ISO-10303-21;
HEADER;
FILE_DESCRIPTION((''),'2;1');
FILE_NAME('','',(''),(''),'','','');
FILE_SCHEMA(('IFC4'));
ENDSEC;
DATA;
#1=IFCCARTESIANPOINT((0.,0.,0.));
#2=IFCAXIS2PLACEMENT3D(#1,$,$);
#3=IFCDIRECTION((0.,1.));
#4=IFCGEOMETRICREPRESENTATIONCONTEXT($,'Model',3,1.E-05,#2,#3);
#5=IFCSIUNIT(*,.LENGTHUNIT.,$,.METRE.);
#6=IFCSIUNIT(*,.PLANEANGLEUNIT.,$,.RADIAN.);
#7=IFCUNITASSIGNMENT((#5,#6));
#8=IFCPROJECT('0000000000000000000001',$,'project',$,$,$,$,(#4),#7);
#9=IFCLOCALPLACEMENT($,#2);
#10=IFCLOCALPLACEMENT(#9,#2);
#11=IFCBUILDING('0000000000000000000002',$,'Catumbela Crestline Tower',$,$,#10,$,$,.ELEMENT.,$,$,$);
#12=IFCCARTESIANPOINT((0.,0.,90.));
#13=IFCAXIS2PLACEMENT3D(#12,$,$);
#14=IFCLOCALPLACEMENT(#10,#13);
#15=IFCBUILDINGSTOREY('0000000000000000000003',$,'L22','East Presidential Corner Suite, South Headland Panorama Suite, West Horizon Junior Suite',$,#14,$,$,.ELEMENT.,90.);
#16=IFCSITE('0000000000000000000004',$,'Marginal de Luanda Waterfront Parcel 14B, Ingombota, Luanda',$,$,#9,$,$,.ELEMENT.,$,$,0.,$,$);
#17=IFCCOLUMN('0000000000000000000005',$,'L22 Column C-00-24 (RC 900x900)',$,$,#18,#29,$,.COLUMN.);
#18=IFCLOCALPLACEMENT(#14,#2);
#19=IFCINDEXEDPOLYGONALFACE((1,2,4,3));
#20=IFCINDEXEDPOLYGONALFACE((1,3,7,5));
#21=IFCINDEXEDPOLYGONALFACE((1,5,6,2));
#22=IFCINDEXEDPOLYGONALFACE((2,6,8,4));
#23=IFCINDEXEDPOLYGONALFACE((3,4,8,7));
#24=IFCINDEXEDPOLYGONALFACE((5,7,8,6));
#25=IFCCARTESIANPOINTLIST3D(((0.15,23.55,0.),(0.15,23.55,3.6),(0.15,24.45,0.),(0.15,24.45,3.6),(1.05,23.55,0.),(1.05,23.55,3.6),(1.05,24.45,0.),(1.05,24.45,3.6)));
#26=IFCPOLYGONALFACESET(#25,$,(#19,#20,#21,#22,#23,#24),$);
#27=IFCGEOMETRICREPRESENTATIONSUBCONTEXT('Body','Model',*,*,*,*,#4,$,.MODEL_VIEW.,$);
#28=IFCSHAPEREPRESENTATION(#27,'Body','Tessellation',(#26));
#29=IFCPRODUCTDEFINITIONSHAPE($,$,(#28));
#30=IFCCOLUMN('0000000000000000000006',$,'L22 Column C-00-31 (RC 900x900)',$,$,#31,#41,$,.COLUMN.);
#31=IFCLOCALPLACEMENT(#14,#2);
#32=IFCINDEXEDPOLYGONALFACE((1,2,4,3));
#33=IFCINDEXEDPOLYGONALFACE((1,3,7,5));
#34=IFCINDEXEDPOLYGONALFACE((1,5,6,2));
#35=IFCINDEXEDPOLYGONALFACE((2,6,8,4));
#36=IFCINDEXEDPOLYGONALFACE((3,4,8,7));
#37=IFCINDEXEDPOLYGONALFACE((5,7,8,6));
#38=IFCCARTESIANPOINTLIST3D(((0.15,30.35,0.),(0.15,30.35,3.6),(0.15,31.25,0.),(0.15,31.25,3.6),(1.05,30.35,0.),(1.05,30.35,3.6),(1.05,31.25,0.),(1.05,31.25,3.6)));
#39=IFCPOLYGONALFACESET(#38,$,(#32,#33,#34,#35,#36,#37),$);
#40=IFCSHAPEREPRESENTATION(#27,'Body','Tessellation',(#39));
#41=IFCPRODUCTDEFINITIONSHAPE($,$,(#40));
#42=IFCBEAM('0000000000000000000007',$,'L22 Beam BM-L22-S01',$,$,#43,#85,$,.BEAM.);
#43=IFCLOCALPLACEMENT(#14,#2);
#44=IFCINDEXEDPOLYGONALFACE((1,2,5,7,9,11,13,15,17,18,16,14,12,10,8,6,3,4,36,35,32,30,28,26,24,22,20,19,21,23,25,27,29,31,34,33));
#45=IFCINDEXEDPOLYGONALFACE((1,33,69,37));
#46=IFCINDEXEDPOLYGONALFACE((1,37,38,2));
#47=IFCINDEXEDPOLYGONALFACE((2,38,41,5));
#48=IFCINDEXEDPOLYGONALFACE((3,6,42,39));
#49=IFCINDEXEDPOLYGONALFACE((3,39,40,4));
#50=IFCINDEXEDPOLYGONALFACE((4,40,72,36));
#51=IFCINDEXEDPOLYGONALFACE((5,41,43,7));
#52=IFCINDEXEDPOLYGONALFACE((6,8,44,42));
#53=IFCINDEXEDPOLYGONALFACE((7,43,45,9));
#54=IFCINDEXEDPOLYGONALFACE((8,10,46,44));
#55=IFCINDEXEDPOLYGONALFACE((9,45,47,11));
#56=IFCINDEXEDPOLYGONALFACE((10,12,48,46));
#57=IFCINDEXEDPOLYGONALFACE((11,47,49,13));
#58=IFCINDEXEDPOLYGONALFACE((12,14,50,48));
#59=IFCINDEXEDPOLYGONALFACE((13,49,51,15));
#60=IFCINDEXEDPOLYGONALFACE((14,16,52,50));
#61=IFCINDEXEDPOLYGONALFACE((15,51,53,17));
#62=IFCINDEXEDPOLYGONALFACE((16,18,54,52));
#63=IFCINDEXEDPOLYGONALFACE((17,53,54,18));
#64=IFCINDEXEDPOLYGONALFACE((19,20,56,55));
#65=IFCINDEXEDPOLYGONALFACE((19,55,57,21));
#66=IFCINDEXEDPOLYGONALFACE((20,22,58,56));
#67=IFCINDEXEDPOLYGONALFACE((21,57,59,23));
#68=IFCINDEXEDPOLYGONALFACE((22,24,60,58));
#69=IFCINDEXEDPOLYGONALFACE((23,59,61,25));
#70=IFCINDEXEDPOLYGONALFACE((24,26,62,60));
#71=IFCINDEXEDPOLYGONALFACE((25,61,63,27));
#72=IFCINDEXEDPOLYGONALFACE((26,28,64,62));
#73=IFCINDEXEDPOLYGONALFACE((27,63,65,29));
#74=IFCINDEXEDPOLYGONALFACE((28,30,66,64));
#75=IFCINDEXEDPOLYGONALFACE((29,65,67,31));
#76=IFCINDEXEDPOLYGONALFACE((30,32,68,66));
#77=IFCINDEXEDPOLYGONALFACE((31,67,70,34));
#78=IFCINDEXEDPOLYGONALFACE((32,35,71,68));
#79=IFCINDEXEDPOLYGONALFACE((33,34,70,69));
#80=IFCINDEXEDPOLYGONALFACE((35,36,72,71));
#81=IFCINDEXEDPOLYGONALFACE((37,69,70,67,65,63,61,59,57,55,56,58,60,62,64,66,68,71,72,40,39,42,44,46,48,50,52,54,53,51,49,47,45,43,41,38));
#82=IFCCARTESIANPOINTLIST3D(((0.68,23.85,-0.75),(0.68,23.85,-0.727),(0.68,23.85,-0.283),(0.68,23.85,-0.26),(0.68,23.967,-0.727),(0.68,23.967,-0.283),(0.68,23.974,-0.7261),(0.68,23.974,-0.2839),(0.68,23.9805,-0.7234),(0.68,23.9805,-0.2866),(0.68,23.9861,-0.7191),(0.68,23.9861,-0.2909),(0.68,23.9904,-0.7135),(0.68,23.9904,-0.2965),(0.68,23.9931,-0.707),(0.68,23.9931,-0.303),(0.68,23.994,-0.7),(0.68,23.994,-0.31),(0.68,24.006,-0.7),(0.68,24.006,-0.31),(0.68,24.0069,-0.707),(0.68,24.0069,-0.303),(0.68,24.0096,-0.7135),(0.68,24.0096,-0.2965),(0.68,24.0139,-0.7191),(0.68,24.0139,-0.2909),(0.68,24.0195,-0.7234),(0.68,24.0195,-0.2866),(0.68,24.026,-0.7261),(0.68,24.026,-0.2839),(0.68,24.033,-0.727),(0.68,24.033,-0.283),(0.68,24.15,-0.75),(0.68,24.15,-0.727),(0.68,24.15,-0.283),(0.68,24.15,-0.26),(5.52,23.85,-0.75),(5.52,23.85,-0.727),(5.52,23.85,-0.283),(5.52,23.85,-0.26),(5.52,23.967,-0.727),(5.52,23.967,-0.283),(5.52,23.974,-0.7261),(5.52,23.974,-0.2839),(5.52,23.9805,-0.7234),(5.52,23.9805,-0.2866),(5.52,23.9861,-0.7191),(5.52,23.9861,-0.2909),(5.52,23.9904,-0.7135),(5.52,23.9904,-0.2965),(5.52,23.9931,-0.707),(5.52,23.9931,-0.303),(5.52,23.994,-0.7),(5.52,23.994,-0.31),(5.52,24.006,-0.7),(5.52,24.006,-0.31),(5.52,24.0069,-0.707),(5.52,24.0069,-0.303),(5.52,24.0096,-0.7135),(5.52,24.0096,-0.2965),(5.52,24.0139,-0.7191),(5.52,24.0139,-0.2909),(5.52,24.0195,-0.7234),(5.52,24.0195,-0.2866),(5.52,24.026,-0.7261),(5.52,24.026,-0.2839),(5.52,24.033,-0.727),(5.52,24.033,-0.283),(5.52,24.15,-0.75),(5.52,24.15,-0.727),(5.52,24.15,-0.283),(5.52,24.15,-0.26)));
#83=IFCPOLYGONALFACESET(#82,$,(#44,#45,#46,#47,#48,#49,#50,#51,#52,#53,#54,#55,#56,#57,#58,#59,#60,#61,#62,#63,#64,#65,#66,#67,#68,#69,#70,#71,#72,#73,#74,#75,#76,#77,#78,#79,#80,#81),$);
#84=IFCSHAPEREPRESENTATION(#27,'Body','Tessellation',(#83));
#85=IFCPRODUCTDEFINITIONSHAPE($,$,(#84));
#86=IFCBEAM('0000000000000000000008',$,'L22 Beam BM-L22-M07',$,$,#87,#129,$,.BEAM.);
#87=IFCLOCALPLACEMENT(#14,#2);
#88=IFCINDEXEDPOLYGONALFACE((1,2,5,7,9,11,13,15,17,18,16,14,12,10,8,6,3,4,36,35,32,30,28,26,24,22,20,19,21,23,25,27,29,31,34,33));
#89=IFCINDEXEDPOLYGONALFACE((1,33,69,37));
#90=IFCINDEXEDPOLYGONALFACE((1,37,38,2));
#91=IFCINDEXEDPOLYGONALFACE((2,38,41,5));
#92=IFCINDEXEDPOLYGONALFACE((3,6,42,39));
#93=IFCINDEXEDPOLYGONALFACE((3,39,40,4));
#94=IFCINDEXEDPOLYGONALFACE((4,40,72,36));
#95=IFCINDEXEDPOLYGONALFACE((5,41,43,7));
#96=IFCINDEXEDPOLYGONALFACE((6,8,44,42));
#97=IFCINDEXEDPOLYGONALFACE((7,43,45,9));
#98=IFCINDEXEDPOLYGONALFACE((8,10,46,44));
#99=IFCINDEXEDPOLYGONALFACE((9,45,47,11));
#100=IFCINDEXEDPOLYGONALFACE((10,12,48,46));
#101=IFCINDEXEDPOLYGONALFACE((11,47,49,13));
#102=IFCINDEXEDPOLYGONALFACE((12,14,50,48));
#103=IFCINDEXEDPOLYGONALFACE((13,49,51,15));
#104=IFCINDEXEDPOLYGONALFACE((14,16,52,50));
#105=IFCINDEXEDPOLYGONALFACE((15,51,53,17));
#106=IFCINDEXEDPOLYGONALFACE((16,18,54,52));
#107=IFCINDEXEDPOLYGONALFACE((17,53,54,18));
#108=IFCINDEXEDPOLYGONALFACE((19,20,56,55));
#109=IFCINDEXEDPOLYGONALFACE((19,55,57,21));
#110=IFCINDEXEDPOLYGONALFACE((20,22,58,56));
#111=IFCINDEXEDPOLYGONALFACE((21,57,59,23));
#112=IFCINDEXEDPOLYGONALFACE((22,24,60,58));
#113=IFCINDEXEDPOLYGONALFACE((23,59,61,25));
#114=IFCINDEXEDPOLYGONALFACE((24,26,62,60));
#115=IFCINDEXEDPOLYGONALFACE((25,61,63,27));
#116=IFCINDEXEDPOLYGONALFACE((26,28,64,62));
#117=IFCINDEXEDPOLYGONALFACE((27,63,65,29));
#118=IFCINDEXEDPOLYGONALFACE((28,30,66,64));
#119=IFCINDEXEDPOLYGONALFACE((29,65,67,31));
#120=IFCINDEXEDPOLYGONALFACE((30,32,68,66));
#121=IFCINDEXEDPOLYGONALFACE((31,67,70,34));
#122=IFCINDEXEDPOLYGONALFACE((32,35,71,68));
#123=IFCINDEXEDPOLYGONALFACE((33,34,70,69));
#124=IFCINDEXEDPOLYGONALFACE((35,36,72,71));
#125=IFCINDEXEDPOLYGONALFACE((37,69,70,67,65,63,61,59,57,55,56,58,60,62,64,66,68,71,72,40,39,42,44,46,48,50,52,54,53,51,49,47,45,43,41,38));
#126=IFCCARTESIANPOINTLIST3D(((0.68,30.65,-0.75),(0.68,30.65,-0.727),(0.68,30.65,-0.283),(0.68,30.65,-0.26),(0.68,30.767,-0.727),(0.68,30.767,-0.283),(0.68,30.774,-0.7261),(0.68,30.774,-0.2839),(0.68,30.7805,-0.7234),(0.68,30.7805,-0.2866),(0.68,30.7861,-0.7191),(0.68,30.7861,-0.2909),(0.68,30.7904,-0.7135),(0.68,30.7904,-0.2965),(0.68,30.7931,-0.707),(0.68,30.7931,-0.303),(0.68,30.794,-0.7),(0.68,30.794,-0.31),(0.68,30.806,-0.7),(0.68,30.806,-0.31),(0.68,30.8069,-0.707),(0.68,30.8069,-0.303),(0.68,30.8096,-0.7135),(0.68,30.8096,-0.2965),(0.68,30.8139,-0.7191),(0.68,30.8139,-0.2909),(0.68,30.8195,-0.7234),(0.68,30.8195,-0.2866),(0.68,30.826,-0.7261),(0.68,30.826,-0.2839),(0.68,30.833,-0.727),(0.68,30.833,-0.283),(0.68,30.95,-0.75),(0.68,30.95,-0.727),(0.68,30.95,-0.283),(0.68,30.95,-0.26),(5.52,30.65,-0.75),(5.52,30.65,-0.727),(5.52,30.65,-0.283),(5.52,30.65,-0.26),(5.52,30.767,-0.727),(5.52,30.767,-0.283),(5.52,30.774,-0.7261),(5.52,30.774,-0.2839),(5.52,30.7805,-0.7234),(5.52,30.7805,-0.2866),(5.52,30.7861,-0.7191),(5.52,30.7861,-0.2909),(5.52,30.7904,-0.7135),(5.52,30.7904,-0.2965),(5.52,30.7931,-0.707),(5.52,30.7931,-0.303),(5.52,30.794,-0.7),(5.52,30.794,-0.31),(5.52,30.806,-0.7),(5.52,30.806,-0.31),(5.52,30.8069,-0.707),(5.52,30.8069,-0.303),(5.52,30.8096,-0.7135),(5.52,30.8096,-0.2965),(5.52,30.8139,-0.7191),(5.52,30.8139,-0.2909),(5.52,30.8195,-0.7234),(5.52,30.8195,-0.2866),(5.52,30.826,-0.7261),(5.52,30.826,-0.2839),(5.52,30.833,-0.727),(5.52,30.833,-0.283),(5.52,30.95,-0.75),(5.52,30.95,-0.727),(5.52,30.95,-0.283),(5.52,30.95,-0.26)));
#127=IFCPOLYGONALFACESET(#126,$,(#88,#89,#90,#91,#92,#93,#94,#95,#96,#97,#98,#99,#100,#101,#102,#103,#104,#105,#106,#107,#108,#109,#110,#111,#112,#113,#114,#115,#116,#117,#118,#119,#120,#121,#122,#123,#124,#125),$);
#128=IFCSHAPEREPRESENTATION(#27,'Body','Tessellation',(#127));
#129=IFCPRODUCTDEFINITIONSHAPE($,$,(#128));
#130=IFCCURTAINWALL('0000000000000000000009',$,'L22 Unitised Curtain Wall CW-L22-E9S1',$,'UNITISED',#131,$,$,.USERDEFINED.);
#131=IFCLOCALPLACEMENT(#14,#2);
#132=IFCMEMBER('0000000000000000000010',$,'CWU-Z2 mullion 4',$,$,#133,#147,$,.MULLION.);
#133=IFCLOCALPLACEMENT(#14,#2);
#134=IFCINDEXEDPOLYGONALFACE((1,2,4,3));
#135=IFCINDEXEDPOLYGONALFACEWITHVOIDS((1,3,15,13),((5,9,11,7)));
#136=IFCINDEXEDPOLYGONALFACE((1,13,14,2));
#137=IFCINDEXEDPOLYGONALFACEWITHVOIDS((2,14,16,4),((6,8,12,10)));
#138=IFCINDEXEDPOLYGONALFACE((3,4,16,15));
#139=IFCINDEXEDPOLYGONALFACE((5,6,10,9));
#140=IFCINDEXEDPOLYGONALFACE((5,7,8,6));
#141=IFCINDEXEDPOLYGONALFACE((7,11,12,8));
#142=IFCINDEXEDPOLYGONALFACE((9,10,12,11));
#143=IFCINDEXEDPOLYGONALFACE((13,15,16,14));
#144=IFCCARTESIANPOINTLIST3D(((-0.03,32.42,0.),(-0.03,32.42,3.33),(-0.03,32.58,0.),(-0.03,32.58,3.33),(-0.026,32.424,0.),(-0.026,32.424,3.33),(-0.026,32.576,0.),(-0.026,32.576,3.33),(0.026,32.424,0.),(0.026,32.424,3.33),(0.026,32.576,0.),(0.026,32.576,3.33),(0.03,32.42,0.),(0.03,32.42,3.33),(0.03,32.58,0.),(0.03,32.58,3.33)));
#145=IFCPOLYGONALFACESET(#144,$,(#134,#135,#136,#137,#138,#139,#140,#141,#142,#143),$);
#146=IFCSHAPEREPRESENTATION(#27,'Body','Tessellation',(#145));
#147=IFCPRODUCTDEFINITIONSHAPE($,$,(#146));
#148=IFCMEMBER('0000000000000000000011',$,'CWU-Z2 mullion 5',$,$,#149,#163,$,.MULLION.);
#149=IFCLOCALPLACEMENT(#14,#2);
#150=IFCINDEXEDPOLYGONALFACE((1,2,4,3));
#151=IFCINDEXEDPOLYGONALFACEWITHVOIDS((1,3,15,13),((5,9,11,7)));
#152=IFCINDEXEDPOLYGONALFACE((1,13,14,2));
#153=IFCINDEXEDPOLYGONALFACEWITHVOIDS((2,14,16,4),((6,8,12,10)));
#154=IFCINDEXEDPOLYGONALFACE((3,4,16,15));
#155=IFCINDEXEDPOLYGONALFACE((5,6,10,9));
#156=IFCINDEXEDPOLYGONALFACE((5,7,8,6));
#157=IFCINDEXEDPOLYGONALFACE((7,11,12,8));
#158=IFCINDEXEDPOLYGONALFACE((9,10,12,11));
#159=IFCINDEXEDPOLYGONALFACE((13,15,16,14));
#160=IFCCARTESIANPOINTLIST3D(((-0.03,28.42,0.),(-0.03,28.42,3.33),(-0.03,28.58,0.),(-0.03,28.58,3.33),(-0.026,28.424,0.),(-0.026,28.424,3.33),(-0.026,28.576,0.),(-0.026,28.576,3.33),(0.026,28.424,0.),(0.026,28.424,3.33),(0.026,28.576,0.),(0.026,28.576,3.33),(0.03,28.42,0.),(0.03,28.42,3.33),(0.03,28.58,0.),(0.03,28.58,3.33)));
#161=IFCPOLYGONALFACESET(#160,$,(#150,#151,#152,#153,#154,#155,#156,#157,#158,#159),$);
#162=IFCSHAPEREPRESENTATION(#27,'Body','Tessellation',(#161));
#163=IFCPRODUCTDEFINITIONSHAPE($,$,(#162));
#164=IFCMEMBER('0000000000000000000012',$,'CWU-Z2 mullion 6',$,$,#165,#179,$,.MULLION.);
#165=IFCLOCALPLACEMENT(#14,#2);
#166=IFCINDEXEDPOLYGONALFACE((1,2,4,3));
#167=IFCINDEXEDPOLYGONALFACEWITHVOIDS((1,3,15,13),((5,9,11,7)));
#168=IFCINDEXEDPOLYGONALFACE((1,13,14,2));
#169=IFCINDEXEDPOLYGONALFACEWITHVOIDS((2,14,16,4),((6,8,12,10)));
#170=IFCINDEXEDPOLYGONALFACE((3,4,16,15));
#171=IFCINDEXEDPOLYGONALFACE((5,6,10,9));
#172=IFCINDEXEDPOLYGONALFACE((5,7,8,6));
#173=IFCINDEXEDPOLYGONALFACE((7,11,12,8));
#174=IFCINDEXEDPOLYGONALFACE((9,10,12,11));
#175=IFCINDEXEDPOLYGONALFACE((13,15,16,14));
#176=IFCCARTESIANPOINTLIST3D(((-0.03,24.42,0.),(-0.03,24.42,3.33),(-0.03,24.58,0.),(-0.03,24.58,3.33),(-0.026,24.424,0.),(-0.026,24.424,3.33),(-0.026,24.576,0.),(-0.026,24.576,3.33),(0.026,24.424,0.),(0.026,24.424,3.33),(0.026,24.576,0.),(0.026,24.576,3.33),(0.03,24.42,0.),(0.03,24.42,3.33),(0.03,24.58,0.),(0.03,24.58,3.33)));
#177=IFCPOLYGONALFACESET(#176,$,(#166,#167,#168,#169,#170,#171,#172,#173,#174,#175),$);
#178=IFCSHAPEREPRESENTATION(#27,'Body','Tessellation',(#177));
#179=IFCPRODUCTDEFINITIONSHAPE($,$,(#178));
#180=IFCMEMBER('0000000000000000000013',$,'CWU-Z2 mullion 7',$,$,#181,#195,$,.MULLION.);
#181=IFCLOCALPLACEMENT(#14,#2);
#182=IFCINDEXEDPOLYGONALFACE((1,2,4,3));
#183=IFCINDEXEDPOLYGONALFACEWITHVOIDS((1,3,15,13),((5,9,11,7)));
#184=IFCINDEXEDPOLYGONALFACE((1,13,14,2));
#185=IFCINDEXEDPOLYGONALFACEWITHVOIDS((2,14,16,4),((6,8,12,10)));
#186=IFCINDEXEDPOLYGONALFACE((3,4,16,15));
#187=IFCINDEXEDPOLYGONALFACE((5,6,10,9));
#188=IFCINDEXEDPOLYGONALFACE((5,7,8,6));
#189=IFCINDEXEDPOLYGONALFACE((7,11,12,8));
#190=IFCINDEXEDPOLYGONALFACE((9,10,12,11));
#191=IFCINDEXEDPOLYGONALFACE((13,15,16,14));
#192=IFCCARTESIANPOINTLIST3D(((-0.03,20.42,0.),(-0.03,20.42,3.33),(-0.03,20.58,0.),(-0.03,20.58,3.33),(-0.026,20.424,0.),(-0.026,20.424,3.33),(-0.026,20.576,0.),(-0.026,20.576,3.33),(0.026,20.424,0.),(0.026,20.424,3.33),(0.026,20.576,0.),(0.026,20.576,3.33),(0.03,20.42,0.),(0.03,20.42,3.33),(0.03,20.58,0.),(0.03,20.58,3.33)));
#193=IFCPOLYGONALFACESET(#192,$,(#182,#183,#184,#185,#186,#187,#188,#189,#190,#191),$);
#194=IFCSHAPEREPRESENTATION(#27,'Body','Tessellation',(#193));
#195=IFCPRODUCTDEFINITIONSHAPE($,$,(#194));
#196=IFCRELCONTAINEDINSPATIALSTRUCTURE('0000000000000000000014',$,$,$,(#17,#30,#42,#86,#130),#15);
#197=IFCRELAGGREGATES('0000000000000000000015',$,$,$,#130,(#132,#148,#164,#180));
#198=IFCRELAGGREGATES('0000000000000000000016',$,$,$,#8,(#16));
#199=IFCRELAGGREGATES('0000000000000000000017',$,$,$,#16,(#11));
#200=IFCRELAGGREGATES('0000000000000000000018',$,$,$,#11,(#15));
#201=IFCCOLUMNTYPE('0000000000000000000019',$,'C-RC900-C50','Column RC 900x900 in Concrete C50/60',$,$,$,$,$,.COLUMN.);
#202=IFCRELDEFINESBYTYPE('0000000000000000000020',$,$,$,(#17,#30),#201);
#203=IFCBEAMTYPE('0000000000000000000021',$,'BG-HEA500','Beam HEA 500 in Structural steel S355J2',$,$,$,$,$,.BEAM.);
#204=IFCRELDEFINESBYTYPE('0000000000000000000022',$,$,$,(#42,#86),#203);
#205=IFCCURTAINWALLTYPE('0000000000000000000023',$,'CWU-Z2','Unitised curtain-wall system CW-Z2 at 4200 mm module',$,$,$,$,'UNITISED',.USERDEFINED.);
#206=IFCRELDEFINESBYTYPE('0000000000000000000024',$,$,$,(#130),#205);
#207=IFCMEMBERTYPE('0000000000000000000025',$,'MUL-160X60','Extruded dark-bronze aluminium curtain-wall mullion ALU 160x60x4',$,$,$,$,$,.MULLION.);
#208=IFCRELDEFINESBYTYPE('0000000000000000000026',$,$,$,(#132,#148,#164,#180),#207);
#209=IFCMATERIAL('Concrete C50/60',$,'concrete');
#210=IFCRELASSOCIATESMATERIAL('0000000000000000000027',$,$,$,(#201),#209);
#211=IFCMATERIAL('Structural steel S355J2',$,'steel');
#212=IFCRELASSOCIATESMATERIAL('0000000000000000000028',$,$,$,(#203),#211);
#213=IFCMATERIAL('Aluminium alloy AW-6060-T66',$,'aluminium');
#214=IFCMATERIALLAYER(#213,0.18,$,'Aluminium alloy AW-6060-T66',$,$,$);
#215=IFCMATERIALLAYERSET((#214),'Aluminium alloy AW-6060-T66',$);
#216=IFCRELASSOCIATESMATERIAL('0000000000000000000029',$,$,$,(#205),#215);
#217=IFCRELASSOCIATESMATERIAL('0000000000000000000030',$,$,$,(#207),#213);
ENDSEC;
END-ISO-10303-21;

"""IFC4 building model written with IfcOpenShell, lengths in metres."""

from ifc_helpers import new_model, si_unit, direction, frame, origin, origin_2d, place, context, subcontext, project, spatial, rectangle, hollow_rectangle, i_section, extrude, material, layer, layer_set, material_profile, profile_set, type_object, element, aggregate, save


model = new_model("IFC4")

# Units and contexts
model_context = context("Model", 3, precision=1e-05, world=origin(), true_north=direction((0.0, 1.0)))
body_context = subcontext(model_context, "Body", "Model", "MODEL_VIEW")
ifc_project = project(units=[si_unit("LENGTHUNIT", "METRE"), si_unit("PLANEANGLEUNIT", "RADIAN")], contexts=[model_context])

# Site, building, storey
site_placement = place(None, origin())
site = spatial("IfcSite", under=ifc_project, at=site_placement, Name="Marginal de Luanda Waterfront Parcel 14B, Ingombota, Luanda", CompositionType="ELEMENT", RefElevation=0.0)
building_placement = place(site_placement, origin())
building = spatial("IfcBuilding", under=site, at=building_placement, Name="Catumbela Crestline Tower", CompositionType="ELEMENT")
storey_placement = place(building_placement, frame((0.0, 0.0, 90.0)))
storey = spatial("IfcBuildingStorey", under=building, at=storey_placement, Name="L22", Description="East Presidential Corner Suite, South Headland Panorama Suite, West Horizon Junior Suite", CompositionType="ELEMENT", Elevation=90.0)

# Columns
ifc_material_1 = material(Name="Concrete C50/60", Category="concrete")
ifc_material_profile_1 = material_profile(ifc_material_1, rectangle(XDim=0.9, YDim=0.9, at=origin_2d()), Name="RC 900x900")
ifc_profile_set_1 = profile_set([ifc_material_profile_1], Name="Concrete C50/60")
column_type = type_object("IfcColumnType", Name="C-RC900-C50", Description="Column RC 900x900 in Concrete C50/60", PredefinedType="COLUMN", material=ifc_profile_set_1)
for number, where, z_axis, x_axis, name in (
    (1, (0.6, 24.0, 0.0), (0.0, 0.0, 1.0), (1.0, 0.0, 0.0), "L22 Column C-00-24 (RC 900x900)"),
    (2, (0.6, 30.8, 0.0), (0.0, 0.0, 1.0), (1.0, 0.0, 0.0), "L22 Column C-00-31 (RC 900x900)"),
):
    element("IfcColumn", number, at=place(storey_placement, frame(where, z_axis=z_axis, x_axis=x_axis)), inside=storey, type_object=column_type, Name=name, PredefinedType="COLUMN", context=body_context, shape_type="SweptSolid", body=[
        extrude(rectangle(XDim=0.9, YDim=0.9, at=origin_2d()), origin(), (0.0, 0.0, 1.0), 3.6),
    ])

# Beams
ifc_material_2 = material(Name="Structural steel S355J2", Category="steel")
ifc_material_profile_2 = material_profile(ifc_material_2, i_section(OverallWidth=0.3, OverallDepth=0.49, WebThickness=0.012, FlangeThickness=0.023, FilletRadius=0.027, at=origin_2d()), Name="HEA 500")
ifc_profile_set_2 = profile_set([ifc_material_profile_2], Name="Structural steel S355J2")
beam_type_1 = type_object("IfcBeamType", Name="BG-HEA500", Description="Beam HEA 500 in Structural steel S355J2", PredefinedType="BEAM", material=ifc_profile_set_2)
for number, where, z_axis, x_axis, name in (
    (3, (0.68, 24.0, -0.505), (1.0, 0.0, 0.0), (0.0, 1.0, 0.0), "L22 Beam BM-L22-S01"),
    (4, (0.68, 30.8, -0.505), (1.0, 0.0, 0.0), (0.0, 1.0, 0.0), "L22 Beam BM-L22-M07"),
):
    element("IfcBeam", number, at=place(storey_placement, frame(where, z_axis=z_axis, x_axis=x_axis)), inside=storey, type_object=beam_type_1, Name=name, PredefinedType="BEAM", context=body_context, shape_type="SweptSolid", body=[
        extrude(i_section(OverallWidth=0.3, OverallDepth=0.49, WebThickness=0.012, FlangeThickness=0.023, FilletRadius=0.027, at=origin_2d()), origin(), (0.0, 0.0, 1.0), 4.84),
    ])

# Curtain wall, members
ifc_material_3 = material(Name="Aluminium alloy AW-6060-T66", Category="aluminium")
ifc_layer_1 = layer(ifc_material_3, 0.18, Name="Aluminium alloy AW-6060-T66")
ifc_layer_set_1 = layer_set([ifc_layer_1], Name="Aluminium alloy AW-6060-T66")
curtain_wall_type = type_object("IfcCurtainWallType", Name="CWU-Z2", Description="Unitised curtain-wall system CW-Z2 at 4200 mm module", ElementType="UNITISED", PredefinedType="USERDEFINED", material=ifc_layer_set_1)
curtain_wall_placement = place(storey_placement, origin())
curtain_wall = element("IfcCurtainWall", 5, at=curtain_wall_placement, inside=storey, type_object=curtain_wall_type, Name="L22 Unitised Curtain Wall CW-L22-E9S1", ObjectType="UNITISED", PredefinedType="USERDEFINED")
ifc_material_profile_3 = material_profile(ifc_material_3, hollow_rectangle(XDim=0.06, YDim=0.16, WallThickness=0.004, at=origin_2d()), Name="ALU 160x60x4")
ifc_profile_set_3 = profile_set([ifc_material_profile_3], Name="Aluminium alloy AW-6060-T66")
member_type_1 = type_object("IfcMemberType", Name="MUL-160X60", Description="Extruded dark-bronze aluminium curtain-wall mullion ALU 160x60x4", PredefinedType="MULLION", material=ifc_profile_set_3)
member_1_placement = place(storey_placement, frame((0.0, 32.5, 0.0), z_axis=(0.0, 0.0, 1.0), x_axis=(1.0, 0.0, 0.0)))
member_1 = element("IfcMember", 6, at=member_1_placement, type_object=member_type_1, Name="CWU-Z2 mullion 4", PredefinedType="MULLION", context=body_context, shape_type="SweptSolid", body=[
    extrude(hollow_rectangle(XDim=0.06, YDim=0.16, WallThickness=0.004, at=origin_2d()), origin(), (0.0, 0.0, 1.0), 3.33),
])
member_2_placement = place(storey_placement, frame((0.0, 28.5, 0.0), z_axis=(0.0, 0.0, 1.0), x_axis=(1.0, 0.0, 0.0)))
member_2 = element("IfcMember", 7, at=member_2_placement, type_object=member_type_1, Name="CWU-Z2 mullion 5", PredefinedType="MULLION", context=body_context, shape_type="SweptSolid", body=[
    extrude(hollow_rectangle(XDim=0.06, YDim=0.16, WallThickness=0.004, at=origin_2d()), origin(), (0.0, 0.0, 1.0), 3.33),
])
member_3_placement = place(storey_placement, frame((0.0, 24.5, 0.0), z_axis=(0.0, 0.0, 1.0), x_axis=(1.0, 0.0, 0.0)))
member_3 = element("IfcMember", 8, at=member_3_placement, type_object=member_type_1, Name="CWU-Z2 mullion 6", PredefinedType="MULLION", context=body_context, shape_type="SweptSolid", body=[
    extrude(hollow_rectangle(XDim=0.06, YDim=0.16, WallThickness=0.004, at=origin_2d()), origin(), (0.0, 0.0, 1.0), 3.33),
])
member_4_placement = place(storey_placement, frame((0.0, 20.5, 0.0), z_axis=(0.0, 0.0, 1.0), x_axis=(1.0, 0.0, 0.0)))
member_4 = element("IfcMember", 9, at=member_4_placement, type_object=member_type_1, Name="CWU-Z2 mullion 7", PredefinedType="MULLION", context=body_context, shape_type="SweptSolid", body=[
    extrude(hollow_rectangle(XDim=0.06, YDim=0.16, WallThickness=0.004, at=origin_2d()), origin(), (0.0, 0.0, 1.0), 3.33),
])

aggregate(curtain_wall, [member_1, member_2, member_3, member_4])

save(model, "model.ifc")
